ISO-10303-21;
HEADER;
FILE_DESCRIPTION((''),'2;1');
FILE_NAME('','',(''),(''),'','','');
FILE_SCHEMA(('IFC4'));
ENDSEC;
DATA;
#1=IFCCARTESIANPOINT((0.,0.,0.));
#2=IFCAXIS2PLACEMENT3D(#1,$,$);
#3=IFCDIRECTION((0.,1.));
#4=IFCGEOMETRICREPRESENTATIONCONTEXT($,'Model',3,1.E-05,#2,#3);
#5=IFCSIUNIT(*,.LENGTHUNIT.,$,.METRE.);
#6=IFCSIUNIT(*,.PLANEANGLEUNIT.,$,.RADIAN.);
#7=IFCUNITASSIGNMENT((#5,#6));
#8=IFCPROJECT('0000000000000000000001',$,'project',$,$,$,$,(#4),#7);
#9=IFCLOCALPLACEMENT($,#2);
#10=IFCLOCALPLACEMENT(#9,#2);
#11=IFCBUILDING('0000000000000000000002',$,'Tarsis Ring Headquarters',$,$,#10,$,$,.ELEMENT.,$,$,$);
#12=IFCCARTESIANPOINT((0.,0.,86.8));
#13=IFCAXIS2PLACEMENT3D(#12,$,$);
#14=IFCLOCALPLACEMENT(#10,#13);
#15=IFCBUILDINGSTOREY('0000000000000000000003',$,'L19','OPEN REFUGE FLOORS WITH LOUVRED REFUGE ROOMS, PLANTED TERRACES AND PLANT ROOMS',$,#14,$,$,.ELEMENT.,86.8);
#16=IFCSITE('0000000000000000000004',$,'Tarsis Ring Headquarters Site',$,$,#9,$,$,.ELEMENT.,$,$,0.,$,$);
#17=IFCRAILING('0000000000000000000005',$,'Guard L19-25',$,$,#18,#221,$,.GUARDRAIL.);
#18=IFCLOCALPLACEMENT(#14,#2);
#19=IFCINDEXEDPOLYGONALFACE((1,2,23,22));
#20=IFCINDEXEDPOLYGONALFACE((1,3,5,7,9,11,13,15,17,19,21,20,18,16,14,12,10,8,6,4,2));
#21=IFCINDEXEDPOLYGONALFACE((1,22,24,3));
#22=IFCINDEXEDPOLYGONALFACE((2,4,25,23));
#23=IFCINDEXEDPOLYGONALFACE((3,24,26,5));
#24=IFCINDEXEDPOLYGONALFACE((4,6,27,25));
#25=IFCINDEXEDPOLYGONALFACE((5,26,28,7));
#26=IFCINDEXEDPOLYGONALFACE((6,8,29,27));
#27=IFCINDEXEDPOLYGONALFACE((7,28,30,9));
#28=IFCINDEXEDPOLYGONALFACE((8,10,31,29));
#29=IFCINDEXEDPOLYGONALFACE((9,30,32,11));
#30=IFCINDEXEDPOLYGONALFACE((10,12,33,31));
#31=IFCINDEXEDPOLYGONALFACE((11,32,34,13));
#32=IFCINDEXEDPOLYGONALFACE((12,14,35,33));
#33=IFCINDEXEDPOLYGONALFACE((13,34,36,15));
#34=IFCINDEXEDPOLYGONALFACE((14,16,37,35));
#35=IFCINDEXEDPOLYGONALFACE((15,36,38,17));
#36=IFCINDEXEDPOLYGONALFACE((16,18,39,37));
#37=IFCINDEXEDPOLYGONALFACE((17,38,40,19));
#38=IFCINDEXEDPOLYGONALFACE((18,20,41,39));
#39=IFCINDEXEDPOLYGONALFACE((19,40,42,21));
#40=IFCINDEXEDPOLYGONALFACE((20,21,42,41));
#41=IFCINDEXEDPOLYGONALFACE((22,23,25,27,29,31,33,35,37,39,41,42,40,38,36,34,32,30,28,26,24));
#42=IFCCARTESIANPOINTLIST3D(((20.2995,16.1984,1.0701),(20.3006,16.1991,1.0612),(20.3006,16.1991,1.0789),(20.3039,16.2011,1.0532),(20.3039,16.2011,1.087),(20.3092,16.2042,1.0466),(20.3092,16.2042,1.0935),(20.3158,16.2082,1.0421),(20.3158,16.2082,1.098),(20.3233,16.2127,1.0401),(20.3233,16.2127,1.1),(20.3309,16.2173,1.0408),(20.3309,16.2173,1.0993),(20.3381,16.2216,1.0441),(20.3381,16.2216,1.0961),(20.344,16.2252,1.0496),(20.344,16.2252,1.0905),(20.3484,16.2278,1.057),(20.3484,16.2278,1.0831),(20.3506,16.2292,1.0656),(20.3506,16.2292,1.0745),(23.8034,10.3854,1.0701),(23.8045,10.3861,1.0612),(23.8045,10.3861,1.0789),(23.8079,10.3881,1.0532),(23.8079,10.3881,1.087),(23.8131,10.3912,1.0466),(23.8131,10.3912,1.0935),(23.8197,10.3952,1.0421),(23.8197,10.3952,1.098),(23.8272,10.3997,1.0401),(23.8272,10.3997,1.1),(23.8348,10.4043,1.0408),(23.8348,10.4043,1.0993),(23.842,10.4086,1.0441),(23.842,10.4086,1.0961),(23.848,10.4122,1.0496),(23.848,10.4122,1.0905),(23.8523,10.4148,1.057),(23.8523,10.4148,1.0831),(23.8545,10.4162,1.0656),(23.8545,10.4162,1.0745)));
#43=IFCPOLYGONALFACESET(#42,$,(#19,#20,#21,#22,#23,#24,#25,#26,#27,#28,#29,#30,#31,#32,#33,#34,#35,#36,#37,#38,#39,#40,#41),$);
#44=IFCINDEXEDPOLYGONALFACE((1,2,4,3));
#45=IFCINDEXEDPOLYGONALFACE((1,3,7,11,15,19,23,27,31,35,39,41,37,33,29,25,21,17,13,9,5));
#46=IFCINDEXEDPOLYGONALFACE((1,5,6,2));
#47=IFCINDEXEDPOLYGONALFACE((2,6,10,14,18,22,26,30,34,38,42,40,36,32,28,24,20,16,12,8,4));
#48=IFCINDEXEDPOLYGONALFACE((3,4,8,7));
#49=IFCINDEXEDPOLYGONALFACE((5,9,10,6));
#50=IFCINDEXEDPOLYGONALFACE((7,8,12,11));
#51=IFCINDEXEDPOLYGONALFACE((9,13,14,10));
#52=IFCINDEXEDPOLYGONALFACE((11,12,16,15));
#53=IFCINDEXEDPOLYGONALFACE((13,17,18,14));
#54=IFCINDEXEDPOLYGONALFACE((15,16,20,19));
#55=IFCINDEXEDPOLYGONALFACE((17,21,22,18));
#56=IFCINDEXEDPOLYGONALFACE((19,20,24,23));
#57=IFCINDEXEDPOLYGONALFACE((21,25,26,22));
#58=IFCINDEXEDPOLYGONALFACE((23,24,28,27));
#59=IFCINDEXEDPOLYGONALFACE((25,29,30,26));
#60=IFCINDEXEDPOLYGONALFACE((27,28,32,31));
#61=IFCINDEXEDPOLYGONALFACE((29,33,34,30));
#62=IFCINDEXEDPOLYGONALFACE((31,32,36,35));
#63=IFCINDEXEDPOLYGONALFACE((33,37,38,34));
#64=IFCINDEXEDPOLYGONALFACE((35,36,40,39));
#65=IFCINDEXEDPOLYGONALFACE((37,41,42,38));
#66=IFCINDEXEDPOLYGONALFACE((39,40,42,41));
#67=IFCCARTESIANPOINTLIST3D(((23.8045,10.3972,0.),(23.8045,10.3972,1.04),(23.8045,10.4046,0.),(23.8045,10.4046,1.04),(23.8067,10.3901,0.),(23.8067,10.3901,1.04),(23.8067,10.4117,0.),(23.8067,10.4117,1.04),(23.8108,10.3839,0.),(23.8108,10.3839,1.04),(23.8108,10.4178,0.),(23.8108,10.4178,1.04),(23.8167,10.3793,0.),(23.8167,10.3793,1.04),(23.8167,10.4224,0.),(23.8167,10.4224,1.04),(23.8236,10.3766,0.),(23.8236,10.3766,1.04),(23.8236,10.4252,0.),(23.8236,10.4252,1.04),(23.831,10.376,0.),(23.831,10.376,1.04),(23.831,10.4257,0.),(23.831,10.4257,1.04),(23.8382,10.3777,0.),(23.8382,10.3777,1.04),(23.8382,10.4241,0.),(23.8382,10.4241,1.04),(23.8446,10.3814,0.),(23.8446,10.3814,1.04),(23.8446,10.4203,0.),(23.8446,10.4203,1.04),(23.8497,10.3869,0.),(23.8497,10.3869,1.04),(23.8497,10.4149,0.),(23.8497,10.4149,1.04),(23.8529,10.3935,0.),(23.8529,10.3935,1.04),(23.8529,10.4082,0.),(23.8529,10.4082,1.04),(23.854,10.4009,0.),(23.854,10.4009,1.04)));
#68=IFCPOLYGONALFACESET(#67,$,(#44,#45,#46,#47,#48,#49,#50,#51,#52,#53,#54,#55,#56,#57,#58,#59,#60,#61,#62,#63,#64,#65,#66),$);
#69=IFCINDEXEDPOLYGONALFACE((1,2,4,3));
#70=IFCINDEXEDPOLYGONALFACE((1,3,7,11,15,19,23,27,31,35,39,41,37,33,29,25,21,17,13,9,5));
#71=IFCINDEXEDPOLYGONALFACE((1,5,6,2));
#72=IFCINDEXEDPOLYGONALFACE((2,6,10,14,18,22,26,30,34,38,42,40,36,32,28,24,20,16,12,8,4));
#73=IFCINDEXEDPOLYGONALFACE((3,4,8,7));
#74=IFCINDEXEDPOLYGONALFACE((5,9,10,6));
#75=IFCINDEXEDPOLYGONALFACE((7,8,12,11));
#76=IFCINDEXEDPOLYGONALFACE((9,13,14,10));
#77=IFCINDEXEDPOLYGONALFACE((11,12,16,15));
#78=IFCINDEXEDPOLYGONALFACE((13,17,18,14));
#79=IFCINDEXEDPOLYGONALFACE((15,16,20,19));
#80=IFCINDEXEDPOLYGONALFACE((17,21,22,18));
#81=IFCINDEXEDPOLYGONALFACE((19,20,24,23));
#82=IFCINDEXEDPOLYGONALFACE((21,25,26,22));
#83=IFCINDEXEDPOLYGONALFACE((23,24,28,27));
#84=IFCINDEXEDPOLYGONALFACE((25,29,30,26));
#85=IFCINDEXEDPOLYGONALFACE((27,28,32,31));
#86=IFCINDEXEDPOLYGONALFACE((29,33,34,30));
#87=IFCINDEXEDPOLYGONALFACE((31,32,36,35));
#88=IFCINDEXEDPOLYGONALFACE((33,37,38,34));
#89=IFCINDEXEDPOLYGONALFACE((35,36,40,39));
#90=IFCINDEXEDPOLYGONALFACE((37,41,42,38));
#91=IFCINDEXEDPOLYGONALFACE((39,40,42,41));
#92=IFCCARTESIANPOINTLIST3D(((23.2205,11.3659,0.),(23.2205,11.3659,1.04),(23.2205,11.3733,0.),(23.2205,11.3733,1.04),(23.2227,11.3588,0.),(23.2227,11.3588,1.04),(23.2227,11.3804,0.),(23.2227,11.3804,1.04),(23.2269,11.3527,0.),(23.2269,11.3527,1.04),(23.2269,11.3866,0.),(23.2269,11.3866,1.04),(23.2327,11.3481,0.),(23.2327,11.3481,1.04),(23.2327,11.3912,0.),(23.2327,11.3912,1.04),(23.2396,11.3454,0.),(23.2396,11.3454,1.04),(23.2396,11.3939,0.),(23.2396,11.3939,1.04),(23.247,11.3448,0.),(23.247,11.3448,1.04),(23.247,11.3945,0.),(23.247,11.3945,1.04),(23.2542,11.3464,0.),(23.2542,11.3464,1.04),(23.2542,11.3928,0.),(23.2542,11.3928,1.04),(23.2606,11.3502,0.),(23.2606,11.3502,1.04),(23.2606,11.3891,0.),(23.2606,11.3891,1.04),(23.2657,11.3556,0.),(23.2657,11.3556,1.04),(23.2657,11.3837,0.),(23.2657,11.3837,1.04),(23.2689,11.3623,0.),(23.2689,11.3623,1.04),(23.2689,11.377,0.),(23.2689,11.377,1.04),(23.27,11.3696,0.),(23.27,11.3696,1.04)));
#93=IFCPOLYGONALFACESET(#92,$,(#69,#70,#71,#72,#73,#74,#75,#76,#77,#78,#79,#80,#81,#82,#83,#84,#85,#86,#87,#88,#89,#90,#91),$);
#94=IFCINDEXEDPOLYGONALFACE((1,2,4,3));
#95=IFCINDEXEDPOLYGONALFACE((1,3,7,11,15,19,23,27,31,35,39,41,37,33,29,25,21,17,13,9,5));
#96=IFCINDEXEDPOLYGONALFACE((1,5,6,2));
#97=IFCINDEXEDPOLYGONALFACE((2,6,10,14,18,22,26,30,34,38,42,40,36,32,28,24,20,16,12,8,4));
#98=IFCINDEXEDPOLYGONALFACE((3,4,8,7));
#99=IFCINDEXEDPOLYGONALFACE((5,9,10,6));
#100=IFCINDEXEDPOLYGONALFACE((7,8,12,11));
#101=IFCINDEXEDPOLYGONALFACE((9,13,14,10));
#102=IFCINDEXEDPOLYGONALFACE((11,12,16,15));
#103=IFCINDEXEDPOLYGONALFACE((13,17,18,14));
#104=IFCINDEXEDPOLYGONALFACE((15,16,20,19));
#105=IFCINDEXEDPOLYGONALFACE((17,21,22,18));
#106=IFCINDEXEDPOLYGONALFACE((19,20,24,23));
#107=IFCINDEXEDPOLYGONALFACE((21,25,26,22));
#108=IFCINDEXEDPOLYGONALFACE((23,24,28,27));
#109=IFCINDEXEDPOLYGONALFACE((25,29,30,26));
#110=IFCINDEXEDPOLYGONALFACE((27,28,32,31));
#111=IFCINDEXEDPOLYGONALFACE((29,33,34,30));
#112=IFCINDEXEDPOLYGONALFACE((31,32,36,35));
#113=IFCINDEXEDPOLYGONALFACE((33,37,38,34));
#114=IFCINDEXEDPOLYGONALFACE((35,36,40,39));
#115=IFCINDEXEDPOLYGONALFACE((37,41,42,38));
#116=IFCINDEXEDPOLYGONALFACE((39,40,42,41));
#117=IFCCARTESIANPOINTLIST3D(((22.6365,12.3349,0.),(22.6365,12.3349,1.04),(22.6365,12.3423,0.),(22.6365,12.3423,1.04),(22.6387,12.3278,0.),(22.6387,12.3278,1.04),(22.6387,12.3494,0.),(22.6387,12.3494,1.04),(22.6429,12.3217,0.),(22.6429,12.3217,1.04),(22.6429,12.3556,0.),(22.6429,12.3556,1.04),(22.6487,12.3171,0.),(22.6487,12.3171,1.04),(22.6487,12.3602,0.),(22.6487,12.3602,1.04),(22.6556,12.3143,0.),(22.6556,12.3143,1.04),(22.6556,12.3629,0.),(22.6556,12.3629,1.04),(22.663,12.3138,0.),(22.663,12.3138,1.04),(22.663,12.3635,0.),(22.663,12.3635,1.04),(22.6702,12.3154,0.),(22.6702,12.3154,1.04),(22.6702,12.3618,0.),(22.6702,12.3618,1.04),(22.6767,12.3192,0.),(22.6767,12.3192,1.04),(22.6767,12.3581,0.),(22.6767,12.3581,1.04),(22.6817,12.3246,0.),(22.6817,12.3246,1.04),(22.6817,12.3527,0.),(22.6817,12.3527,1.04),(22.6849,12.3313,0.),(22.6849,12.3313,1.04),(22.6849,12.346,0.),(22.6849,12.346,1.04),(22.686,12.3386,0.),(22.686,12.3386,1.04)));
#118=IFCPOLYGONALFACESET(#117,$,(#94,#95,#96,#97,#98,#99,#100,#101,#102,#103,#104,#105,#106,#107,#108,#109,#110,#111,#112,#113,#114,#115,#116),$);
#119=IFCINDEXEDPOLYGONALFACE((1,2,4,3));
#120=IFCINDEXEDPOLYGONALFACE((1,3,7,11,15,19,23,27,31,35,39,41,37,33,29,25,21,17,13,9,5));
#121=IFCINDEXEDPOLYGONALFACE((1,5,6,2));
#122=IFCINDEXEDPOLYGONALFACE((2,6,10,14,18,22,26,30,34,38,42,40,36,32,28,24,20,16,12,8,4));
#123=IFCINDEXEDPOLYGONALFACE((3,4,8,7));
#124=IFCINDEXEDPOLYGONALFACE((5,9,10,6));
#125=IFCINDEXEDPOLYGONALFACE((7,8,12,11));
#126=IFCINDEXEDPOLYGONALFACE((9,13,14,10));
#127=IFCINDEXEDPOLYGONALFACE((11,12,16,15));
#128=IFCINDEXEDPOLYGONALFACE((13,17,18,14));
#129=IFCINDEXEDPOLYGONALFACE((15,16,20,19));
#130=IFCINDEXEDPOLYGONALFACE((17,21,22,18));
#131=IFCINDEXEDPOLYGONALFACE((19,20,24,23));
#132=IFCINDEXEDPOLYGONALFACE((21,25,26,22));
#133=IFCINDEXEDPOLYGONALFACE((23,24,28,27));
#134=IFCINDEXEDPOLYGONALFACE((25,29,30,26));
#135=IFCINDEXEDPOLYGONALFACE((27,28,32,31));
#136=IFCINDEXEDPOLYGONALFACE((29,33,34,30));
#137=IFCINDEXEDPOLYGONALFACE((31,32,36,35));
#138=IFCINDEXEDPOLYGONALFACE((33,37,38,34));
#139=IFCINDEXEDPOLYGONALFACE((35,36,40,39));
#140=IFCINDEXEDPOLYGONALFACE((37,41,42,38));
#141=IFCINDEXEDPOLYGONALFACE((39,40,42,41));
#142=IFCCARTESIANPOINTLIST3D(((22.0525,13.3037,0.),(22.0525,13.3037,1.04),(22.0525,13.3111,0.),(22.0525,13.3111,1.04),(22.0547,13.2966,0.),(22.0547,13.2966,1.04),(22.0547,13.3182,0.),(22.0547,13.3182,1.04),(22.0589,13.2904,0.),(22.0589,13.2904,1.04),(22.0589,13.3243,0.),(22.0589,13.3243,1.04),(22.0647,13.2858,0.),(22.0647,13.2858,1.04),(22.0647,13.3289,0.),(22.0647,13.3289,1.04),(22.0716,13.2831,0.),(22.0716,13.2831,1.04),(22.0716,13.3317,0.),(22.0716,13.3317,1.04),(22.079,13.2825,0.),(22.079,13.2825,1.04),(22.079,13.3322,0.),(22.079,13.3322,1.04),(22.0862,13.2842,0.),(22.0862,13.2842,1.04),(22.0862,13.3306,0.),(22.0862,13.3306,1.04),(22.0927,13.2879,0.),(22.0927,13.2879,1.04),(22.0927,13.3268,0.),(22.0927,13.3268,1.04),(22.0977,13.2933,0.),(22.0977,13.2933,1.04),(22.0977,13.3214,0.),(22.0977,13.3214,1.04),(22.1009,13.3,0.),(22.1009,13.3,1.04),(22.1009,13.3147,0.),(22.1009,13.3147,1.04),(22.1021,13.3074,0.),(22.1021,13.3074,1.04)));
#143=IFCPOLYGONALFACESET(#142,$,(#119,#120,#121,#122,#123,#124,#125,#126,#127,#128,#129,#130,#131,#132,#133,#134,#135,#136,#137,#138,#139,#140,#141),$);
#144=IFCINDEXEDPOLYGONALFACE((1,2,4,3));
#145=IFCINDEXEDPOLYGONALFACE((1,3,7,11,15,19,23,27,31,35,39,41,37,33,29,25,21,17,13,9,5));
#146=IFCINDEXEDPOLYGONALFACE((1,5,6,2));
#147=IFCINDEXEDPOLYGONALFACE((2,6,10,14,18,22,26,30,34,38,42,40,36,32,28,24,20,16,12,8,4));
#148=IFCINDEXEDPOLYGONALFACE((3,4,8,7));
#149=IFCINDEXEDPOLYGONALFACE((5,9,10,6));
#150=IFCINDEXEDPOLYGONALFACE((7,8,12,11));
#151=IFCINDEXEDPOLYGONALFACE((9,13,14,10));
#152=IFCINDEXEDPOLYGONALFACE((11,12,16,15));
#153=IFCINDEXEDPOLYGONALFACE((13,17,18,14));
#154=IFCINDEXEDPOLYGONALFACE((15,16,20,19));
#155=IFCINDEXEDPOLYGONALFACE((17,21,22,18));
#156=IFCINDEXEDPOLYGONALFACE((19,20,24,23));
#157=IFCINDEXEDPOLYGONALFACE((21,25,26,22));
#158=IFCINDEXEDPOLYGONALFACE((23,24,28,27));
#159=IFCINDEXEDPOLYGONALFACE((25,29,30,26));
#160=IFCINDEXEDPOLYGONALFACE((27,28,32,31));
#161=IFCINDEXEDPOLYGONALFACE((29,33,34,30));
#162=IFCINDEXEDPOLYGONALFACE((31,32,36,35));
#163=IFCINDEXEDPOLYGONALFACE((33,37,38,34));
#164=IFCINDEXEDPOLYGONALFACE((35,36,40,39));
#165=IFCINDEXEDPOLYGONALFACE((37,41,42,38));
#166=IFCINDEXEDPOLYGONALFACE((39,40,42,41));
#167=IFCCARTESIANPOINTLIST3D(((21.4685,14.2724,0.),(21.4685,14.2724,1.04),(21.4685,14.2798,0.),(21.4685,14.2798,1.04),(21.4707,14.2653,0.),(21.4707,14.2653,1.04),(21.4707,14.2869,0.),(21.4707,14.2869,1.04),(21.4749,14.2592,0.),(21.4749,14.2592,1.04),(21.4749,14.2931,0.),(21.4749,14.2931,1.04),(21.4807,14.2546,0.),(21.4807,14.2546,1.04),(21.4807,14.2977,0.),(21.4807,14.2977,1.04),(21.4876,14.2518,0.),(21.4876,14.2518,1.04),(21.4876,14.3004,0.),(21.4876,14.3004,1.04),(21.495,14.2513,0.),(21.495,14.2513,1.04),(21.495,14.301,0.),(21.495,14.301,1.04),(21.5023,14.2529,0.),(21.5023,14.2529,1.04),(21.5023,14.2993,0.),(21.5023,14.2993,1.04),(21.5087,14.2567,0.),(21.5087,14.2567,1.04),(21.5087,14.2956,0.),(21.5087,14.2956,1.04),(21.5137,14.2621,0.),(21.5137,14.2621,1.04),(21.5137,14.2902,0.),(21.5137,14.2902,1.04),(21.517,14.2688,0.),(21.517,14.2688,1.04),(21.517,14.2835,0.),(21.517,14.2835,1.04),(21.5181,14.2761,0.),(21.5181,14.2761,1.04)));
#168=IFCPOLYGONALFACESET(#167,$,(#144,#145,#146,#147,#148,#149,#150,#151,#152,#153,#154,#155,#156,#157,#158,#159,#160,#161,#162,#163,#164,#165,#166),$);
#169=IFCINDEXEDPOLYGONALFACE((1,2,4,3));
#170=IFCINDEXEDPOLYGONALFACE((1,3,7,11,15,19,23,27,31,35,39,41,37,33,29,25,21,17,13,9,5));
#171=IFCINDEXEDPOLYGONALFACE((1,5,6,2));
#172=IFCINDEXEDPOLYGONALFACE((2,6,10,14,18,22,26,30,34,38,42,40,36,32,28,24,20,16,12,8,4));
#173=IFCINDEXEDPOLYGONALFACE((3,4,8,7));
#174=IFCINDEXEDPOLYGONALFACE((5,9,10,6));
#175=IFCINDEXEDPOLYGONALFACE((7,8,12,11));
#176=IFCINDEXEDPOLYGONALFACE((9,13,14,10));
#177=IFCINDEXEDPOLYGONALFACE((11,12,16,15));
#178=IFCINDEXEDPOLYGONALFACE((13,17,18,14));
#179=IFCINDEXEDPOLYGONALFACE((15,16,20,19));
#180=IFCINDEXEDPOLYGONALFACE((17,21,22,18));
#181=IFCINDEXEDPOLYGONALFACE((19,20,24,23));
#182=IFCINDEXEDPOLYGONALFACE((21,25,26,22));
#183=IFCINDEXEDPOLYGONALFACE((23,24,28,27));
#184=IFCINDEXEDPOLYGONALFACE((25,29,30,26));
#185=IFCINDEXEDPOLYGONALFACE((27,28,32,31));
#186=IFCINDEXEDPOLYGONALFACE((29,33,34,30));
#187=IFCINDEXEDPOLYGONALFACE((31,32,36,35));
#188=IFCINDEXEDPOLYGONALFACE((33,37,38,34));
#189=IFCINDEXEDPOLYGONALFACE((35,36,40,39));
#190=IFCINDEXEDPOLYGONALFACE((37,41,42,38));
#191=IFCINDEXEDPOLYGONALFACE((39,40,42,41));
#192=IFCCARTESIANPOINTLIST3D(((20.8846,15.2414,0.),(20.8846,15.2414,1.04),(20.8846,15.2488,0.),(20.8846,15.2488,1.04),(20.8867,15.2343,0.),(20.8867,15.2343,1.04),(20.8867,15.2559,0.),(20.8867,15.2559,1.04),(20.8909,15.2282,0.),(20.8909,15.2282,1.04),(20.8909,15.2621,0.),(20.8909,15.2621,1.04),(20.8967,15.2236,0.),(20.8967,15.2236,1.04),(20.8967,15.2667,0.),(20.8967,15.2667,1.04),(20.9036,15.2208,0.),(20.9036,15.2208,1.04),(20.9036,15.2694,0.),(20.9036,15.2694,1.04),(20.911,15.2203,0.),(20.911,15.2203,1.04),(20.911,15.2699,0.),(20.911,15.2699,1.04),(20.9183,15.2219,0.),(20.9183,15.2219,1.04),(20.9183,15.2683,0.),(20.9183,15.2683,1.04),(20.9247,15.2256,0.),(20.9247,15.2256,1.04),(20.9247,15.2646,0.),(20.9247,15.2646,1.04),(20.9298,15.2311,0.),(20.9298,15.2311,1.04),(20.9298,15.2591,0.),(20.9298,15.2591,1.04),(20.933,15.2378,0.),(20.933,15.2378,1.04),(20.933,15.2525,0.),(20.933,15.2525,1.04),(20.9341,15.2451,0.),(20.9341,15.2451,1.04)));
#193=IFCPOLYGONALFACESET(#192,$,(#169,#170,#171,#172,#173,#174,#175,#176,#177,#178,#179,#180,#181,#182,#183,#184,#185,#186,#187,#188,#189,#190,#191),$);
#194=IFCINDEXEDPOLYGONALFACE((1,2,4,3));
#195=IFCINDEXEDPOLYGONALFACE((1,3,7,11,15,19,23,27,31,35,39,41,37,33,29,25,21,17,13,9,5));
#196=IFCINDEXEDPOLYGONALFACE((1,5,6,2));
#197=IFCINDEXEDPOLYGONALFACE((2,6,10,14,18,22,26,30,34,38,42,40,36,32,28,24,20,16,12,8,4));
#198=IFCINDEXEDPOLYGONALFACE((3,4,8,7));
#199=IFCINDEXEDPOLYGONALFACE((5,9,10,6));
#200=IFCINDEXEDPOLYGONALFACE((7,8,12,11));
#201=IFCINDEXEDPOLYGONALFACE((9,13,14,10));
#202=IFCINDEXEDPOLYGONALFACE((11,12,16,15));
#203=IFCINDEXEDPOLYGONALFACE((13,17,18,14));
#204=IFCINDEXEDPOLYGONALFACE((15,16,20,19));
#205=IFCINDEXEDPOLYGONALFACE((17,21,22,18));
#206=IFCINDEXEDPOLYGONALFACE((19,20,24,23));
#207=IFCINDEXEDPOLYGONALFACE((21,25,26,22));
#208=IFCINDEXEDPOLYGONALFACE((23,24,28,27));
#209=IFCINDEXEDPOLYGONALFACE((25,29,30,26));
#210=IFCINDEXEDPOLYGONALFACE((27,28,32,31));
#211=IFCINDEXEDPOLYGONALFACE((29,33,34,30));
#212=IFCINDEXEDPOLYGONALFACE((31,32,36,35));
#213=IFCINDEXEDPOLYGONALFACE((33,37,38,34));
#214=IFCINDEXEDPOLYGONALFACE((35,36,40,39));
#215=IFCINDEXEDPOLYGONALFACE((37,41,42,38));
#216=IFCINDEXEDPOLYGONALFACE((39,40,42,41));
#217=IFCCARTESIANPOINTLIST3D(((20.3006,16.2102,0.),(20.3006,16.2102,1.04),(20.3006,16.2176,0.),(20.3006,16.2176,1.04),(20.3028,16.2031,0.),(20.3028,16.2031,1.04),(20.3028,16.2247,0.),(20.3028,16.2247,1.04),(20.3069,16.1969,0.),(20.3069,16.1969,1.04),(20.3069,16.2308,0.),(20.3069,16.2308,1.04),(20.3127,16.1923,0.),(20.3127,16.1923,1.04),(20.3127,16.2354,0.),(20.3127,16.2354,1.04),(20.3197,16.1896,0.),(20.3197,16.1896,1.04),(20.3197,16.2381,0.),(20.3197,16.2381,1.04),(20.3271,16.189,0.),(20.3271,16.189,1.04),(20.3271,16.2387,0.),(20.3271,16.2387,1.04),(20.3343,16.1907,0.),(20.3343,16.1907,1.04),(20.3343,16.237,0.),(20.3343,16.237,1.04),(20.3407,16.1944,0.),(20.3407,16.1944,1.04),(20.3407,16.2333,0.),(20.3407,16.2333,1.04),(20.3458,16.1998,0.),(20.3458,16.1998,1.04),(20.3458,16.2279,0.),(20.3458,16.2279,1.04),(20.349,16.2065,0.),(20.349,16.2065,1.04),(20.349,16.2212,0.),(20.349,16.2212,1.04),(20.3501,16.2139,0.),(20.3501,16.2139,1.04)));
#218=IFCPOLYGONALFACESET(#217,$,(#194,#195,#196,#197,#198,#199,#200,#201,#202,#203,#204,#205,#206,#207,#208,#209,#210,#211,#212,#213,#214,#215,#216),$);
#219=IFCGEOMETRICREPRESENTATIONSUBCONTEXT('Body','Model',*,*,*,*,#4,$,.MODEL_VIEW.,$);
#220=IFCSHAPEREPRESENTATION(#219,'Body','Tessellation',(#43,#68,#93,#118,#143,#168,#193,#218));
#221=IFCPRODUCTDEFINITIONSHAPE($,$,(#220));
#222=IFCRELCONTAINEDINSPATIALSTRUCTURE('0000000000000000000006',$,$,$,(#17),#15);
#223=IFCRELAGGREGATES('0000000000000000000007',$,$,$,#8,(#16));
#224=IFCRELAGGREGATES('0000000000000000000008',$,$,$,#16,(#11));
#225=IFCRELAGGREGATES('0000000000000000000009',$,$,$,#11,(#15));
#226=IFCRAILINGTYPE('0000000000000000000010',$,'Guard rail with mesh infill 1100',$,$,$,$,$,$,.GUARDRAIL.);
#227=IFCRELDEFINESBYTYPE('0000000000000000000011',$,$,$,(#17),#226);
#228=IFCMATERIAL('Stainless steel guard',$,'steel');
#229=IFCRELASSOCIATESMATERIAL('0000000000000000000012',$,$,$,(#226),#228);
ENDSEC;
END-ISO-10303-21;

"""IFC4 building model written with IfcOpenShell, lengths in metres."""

from ifc_helpers import new_model, si_unit, direction, frame, origin, origin_2d, place, context, subcontext, project, spatial, circle, extrude, material, type_object, element, save


model = new_model("IFC4")

# Units and contexts
model_context = context("Model", 3, precision=1e-05, world=origin(), true_north=direction((0.0, 1.0)))
body_context = subcontext(model_context, "Body", "Model", "MODEL_VIEW")
ifc_project = project(units=[si_unit("LENGTHUNIT", "METRE"), si_unit("PLANEANGLEUNIT", "RADIAN")], contexts=[model_context])

# Site, building, storey
site_placement = place(None, origin())
site = spatial("IfcSite", under=ifc_project, at=site_placement, Name="Tarsis Ring Headquarters Site", CompositionType="ELEMENT", RefElevation=0.0)
building_placement = place(site_placement, origin())
building = spatial("IfcBuilding", under=site, at=building_placement, Name="Tarsis Ring Headquarters", CompositionType="ELEMENT")
storey_placement = place(building_placement, frame((0.0, 0.0, 86.8)))
storey = spatial("IfcBuildingStorey", under=building, at=storey_placement, Name="L19", Description="OPEN REFUGE FLOORS WITH LOUVRED REFUGE ROOMS, PLANTED TERRACES AND PLANT ROOMS", CompositionType="ELEMENT", Elevation=86.8)

# Railing
ifc_material_1 = material(Name="Stainless steel guard", Category="steel")
railing_type_1 = type_object("IfcRailingType", Name="Guard rail with mesh infill 1100", PredefinedType="GUARDRAIL", material=ifc_material_1)
railing_1_placement = place(storey_placement, frame((23.8291, 10.4009, 0.0)))
element("IfcRailing", 1, at=railing_1_placement, inside=storey, type_object=railing_type_1, Name="Guard L19-25", PredefinedType="GUARDRAIL", context=body_context, shape_type="SweptSolid", body=[
    extrude(circle(Radius=0.03, at=origin_2d()), frame((0.0, 0.0, 1.0701), z_axis=(-0.51624, 0.856444, 0.0), x_axis=(-0.856444, -0.51624, 0.0)), (0.0, 0.0, 1.0), 6.7874),
    extrude(circle(Radius=0.0249, at=origin_2d()), origin(), (0.0, 0.0, 1.0), 1.04),
    extrude(circle(Radius=0.0249, at=origin_2d()), frame((-0.584, 0.9688, 0.0)), (0.0, 0.0, 1.0), 1.04),
    extrude(circle(Radius=0.0249, at=origin_2d()), frame((-1.168, 1.9377, 0.0)), (0.0, 0.0, 1.0), 1.04),
    extrude(circle(Radius=0.0249, at=origin_2d()), frame((-1.752, 2.9065, 0.0)), (0.0, 0.0, 1.0), 1.04),
    extrude(circle(Radius=0.0249, at=origin_2d()), frame((-2.3359, 3.8752, 0.0)), (0.0, 0.0, 1.0), 1.04),
    extrude(circle(Radius=0.0249, at=origin_2d()), frame((-2.9199, 4.8442, 0.0)), (0.0, 0.0, 1.0), 1.04),
    extrude(circle(Radius=0.0249, at=origin_2d()), frame((-3.5039, 5.813, 0.0)), (0.0, 0.0, 1.0), 1.04),
])

save(model, "model.ifc")
